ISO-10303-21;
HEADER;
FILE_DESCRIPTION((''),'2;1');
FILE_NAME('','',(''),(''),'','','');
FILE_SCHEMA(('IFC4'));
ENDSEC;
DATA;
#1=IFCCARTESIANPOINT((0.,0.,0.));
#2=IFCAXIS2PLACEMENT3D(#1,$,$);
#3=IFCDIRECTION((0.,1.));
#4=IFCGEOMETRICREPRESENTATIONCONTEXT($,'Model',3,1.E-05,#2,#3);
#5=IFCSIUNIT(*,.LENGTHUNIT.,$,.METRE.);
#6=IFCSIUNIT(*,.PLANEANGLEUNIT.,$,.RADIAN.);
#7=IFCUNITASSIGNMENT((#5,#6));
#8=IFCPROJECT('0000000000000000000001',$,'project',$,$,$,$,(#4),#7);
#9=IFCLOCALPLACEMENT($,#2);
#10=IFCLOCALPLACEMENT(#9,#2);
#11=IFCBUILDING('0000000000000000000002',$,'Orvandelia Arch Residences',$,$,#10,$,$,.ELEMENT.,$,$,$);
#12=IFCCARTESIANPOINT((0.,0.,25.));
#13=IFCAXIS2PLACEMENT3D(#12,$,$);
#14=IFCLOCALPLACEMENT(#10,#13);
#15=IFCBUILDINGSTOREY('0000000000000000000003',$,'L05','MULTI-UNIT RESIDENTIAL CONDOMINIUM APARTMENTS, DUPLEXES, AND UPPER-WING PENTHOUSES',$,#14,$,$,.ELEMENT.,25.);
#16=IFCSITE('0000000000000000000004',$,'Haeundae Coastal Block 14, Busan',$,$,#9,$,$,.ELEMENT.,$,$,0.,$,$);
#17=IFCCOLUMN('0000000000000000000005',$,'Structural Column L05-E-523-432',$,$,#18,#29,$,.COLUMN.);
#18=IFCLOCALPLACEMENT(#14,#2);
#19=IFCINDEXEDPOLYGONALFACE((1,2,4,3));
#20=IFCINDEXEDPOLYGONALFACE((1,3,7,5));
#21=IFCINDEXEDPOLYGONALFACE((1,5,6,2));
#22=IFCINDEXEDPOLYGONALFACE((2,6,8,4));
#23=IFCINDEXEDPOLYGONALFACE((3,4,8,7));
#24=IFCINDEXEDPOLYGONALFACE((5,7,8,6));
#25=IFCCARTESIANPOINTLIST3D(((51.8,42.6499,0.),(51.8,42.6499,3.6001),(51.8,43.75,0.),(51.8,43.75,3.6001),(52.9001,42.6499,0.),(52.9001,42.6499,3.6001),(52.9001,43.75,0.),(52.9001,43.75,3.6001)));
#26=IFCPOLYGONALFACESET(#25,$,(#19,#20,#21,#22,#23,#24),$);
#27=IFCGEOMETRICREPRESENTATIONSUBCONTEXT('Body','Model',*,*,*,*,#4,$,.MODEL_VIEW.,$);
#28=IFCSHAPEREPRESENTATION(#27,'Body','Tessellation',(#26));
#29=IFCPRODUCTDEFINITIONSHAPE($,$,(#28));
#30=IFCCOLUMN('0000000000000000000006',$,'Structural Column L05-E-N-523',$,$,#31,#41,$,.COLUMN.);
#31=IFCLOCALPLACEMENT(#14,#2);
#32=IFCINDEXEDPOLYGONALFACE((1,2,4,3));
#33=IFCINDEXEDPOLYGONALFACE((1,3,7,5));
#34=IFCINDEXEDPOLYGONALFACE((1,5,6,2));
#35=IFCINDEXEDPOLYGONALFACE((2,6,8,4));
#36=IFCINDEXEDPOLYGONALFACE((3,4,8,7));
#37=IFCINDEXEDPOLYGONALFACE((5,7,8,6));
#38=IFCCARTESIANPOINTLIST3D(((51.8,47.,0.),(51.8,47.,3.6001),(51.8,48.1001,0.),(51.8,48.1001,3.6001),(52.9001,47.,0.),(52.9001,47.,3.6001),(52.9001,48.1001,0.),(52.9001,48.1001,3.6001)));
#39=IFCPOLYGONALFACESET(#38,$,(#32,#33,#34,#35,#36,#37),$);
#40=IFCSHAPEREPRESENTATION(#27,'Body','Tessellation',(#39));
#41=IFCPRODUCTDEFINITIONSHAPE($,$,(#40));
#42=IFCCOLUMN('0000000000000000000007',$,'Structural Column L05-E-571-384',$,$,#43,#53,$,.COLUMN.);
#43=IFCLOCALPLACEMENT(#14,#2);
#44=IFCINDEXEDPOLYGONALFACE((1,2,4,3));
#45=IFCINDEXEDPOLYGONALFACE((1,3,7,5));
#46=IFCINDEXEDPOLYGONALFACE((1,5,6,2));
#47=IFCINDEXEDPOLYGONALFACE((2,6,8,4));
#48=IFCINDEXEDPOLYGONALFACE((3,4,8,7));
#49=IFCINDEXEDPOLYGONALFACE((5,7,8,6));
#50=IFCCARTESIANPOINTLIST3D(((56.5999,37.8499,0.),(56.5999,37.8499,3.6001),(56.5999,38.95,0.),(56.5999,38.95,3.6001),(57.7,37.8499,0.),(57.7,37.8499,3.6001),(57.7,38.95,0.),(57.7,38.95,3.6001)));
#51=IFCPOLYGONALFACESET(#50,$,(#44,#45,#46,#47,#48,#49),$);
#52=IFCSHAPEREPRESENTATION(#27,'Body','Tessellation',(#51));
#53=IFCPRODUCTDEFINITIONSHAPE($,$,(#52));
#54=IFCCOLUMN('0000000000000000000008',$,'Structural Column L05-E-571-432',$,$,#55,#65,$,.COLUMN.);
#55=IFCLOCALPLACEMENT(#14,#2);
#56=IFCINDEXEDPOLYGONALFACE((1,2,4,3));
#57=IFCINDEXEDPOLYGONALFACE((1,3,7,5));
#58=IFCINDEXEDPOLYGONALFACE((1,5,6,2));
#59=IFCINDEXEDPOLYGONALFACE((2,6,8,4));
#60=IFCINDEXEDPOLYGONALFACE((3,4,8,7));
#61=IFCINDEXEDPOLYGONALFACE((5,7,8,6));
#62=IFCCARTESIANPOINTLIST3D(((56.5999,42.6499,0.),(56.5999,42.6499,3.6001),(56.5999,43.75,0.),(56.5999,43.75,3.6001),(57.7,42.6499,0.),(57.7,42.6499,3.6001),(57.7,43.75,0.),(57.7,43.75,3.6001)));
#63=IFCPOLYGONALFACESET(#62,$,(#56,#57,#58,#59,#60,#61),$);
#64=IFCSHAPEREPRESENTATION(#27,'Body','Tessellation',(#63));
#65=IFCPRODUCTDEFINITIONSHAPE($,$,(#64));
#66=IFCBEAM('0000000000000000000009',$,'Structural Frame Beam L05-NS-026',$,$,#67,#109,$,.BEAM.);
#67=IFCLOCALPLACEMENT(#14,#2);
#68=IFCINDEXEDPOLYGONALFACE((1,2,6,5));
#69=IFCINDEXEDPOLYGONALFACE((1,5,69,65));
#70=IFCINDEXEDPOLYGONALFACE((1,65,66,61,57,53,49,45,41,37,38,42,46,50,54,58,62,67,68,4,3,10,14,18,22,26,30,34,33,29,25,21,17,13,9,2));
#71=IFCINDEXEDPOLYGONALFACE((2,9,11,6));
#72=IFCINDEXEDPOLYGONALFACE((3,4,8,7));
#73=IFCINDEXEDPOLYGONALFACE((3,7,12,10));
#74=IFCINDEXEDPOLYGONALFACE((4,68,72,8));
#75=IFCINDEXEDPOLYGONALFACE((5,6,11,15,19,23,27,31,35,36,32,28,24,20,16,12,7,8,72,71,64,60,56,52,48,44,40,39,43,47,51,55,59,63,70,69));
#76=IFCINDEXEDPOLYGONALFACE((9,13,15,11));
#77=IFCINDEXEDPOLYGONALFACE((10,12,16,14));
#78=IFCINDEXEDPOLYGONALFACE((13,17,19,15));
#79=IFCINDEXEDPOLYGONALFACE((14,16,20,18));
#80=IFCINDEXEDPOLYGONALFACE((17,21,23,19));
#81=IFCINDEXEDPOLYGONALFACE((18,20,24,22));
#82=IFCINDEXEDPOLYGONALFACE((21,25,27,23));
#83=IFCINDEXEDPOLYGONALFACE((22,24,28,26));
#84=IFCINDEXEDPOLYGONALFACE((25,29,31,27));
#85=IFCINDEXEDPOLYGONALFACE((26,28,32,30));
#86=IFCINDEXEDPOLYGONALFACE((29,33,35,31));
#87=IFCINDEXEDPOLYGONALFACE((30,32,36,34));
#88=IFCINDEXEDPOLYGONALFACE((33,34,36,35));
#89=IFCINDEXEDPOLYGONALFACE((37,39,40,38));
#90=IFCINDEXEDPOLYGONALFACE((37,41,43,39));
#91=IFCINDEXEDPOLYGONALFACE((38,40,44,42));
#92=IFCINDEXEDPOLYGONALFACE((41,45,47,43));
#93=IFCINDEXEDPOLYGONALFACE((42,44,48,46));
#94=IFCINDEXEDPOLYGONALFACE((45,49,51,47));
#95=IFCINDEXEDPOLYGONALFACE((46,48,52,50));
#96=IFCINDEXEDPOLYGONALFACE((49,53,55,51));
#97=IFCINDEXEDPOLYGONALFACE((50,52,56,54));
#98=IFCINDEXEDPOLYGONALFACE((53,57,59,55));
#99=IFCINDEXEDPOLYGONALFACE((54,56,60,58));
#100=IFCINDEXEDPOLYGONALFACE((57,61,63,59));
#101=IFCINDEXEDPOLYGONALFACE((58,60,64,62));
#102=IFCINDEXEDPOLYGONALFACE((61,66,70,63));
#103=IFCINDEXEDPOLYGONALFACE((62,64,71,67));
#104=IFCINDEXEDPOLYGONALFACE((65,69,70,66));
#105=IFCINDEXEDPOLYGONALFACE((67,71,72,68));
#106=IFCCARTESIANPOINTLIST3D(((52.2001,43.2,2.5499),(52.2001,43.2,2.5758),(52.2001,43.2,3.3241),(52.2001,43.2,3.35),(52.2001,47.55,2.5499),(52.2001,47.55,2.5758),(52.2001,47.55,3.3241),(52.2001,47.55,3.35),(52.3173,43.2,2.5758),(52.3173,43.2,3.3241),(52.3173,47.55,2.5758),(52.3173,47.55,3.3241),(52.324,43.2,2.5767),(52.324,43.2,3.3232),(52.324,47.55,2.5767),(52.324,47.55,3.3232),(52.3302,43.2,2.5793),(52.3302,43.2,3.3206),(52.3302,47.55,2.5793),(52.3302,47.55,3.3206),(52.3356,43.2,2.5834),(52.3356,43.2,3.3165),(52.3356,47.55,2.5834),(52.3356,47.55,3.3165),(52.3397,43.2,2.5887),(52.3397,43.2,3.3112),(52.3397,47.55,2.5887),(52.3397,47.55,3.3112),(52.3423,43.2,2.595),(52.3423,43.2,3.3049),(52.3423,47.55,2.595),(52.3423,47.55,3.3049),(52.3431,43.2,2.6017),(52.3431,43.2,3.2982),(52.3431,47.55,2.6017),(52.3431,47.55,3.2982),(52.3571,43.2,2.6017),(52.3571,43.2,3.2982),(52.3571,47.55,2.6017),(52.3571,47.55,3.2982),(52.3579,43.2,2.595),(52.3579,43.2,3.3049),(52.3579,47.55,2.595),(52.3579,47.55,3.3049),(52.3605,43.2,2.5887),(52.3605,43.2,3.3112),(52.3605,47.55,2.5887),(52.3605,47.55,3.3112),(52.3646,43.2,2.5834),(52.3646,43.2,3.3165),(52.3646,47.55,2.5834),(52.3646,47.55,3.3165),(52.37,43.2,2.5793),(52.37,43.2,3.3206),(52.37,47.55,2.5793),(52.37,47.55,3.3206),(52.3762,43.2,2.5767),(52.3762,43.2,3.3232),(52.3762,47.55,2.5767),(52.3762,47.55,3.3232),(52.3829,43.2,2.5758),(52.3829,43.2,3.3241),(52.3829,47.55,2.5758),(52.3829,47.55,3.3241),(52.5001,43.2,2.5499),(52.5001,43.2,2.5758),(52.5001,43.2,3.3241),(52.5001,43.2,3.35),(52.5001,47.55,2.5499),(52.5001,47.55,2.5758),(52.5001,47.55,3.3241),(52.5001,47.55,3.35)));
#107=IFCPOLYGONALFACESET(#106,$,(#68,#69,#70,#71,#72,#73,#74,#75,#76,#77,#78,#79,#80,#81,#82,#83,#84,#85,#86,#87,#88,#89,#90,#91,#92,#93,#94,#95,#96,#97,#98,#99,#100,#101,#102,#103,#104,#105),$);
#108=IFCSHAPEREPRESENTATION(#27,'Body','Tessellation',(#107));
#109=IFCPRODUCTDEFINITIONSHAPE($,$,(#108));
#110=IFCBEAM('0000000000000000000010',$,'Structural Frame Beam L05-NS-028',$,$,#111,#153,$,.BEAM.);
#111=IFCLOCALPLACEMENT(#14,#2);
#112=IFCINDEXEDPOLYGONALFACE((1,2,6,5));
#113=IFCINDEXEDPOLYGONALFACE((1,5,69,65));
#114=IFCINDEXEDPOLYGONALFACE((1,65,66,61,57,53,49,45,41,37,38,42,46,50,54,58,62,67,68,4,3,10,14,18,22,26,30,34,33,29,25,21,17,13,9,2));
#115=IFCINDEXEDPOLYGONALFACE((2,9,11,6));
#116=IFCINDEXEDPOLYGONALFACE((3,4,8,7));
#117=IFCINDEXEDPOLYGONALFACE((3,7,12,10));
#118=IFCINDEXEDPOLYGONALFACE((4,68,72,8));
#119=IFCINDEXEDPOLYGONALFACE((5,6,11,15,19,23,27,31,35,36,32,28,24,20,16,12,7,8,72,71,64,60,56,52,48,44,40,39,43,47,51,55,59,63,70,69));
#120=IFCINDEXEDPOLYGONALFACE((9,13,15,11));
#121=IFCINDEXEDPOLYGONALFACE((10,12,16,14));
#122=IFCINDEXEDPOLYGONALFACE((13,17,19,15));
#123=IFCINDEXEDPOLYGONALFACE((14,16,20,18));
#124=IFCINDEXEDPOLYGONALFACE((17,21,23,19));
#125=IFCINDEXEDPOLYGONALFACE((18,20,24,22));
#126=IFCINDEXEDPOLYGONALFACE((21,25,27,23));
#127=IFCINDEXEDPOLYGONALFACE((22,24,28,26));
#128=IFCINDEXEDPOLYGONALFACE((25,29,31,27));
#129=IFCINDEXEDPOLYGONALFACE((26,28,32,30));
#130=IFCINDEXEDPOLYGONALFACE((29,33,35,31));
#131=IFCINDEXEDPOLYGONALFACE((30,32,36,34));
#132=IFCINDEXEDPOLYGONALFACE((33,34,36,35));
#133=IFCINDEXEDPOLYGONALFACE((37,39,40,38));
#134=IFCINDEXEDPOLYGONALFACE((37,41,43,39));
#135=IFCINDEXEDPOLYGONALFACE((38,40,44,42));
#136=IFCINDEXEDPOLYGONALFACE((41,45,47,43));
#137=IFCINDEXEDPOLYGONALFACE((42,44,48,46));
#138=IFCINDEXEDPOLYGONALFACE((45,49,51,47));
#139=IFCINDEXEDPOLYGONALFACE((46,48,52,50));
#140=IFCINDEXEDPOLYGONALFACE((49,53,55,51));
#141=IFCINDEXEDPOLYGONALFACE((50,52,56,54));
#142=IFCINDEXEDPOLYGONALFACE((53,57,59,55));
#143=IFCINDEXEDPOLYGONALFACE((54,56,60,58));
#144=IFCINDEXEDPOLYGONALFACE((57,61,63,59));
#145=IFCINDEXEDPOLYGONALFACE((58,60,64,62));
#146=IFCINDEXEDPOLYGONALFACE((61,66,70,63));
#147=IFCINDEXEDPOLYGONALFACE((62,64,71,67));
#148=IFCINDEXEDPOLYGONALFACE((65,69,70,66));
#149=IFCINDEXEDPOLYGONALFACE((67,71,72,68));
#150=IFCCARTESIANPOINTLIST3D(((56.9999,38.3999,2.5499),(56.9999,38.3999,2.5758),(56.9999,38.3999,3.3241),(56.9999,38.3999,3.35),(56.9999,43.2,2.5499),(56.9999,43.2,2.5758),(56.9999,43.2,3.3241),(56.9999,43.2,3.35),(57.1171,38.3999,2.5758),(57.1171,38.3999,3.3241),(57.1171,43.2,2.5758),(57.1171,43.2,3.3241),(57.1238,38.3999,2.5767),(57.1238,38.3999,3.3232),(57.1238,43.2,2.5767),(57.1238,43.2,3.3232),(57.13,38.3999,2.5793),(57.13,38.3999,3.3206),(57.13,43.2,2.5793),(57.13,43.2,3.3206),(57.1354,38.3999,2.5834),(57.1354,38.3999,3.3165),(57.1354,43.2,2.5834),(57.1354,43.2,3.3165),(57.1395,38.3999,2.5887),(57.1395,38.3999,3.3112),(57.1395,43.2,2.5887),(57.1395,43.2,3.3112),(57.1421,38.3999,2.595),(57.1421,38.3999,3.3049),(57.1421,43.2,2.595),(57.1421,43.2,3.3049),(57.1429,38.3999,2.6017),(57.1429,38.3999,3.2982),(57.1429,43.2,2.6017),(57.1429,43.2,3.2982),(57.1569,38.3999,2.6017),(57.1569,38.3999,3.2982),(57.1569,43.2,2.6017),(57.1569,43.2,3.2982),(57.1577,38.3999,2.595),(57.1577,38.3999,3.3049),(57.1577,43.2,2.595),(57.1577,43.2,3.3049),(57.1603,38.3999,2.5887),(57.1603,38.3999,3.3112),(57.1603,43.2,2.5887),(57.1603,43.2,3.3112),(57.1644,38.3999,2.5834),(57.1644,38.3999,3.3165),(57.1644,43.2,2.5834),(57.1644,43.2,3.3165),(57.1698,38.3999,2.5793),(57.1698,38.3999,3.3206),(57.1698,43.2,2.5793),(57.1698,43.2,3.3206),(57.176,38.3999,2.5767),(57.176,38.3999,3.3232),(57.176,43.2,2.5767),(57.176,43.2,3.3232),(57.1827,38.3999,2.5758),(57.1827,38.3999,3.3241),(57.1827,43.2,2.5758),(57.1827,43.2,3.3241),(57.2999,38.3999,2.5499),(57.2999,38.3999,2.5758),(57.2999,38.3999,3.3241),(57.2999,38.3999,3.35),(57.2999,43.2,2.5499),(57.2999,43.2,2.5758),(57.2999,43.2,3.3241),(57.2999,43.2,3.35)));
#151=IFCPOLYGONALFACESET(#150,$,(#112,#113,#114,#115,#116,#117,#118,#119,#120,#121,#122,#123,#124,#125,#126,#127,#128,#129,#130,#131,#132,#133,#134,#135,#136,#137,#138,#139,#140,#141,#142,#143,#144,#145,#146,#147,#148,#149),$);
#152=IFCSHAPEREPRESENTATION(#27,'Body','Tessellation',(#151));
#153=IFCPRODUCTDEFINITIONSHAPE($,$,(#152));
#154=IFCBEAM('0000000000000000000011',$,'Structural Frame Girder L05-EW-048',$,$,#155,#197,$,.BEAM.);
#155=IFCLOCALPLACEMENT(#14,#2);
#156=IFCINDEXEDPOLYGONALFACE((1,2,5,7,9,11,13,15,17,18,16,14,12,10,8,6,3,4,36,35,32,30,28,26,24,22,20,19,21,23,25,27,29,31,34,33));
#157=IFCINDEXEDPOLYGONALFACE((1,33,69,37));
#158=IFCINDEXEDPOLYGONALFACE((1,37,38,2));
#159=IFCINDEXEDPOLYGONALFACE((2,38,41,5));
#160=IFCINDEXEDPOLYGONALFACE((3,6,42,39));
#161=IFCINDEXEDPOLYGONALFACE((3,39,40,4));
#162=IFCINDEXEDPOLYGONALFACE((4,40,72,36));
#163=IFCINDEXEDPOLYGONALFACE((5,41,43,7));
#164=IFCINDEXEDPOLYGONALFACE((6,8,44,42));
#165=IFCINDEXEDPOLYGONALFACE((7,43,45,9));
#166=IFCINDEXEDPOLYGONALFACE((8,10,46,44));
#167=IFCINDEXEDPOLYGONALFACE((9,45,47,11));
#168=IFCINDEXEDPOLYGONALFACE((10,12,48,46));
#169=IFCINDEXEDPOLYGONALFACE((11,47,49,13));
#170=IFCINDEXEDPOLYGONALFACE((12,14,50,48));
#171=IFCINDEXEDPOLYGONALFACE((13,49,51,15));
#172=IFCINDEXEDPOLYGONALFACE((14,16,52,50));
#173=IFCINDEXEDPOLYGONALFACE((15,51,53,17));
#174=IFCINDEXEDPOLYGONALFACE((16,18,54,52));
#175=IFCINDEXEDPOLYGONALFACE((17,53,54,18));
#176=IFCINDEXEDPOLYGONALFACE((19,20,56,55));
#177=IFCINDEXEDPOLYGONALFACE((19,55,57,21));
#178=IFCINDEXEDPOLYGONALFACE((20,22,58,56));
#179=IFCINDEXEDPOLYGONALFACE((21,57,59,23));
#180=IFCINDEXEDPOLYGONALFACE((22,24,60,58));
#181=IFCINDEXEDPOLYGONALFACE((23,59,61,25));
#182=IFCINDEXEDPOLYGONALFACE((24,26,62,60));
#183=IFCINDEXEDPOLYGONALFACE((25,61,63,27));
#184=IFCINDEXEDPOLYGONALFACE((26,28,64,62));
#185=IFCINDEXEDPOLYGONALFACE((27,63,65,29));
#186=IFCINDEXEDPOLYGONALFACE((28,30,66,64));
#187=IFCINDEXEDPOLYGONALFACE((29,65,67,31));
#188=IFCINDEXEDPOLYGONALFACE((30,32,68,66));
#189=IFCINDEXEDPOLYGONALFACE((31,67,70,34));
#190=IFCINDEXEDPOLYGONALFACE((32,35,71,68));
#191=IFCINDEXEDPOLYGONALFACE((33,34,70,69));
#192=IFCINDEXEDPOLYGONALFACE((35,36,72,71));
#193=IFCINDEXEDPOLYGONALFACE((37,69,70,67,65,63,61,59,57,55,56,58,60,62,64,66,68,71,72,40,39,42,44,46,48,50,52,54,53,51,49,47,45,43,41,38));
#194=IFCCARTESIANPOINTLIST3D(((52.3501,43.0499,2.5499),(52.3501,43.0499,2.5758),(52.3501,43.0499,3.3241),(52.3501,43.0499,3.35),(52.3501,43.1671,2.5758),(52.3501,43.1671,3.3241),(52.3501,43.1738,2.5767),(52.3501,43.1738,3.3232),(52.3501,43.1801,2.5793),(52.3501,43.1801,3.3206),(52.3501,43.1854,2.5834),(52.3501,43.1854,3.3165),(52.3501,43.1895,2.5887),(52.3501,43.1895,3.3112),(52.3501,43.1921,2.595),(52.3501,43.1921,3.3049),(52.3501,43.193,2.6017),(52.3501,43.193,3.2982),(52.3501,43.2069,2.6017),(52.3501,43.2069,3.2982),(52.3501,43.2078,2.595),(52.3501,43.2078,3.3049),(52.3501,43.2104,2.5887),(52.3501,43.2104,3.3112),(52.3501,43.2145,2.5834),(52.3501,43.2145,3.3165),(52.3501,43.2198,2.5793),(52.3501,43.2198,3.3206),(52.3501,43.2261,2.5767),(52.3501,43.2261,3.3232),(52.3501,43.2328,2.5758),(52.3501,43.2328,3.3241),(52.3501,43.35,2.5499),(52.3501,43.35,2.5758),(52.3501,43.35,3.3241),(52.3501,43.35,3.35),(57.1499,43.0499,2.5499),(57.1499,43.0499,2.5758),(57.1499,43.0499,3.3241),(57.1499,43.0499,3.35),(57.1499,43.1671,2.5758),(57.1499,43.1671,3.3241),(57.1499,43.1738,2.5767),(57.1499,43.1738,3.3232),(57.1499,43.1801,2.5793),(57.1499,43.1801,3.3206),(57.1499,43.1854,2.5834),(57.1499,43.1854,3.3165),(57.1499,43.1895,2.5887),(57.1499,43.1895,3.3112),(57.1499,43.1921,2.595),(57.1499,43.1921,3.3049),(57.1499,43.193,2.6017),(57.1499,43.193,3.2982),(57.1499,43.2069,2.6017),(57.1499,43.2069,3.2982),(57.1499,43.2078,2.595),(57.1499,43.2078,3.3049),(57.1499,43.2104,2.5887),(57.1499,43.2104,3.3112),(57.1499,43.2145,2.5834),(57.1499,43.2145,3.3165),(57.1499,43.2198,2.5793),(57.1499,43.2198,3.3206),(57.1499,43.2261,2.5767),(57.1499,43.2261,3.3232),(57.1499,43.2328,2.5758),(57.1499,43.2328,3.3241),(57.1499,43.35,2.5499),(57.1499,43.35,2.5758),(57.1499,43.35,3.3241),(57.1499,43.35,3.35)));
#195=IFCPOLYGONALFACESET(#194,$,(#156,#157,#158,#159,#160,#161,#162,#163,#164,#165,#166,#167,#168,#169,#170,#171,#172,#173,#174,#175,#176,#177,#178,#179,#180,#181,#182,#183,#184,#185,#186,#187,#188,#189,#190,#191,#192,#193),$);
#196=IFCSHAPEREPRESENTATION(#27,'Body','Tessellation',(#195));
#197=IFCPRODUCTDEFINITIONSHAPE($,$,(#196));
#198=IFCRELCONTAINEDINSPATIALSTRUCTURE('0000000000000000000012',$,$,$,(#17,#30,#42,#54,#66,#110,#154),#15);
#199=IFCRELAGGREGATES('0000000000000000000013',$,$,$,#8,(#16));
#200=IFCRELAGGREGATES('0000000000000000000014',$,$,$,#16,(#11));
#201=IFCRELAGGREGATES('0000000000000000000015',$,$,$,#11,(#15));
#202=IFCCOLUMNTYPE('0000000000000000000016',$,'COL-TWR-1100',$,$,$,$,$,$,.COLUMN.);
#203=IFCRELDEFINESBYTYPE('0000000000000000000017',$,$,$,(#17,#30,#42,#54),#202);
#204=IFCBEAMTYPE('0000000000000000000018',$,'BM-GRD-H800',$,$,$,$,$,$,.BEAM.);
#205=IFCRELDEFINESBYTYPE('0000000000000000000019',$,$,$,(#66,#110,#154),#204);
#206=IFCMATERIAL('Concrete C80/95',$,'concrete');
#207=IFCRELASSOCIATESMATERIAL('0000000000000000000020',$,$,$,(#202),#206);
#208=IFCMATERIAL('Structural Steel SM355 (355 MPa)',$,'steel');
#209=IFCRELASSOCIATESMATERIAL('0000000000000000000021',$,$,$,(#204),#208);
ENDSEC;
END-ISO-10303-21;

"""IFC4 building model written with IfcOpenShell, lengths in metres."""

from ifc_helpers import new_model, si_unit, direction, frame, origin, origin_2d, place, context, subcontext, project, spatial, rectangle, i_section, extrude, material, material_profile, profile_set, type_object, element, save


model = new_model("IFC4")

# Units and contexts
model_context = context("Model", 3, precision=1e-05, world=origin(), true_north=direction((0.0, 1.0)))
body_context = subcontext(model_context, "Body", "Model", "MODEL_VIEW")
ifc_project = project(units=[si_unit("LENGTHUNIT", "METRE"), si_unit("PLANEANGLEUNIT", "RADIAN")], contexts=[model_context])

# Site, building, storey
site_placement = place(None, origin())
site = spatial("IfcSite", under=ifc_project, at=site_placement, Name="Haeundae Coastal Block 14, Busan", CompositionType="ELEMENT", RefElevation=0.0)
building_placement = place(site_placement, origin())
building = spatial("IfcBuilding", under=site, at=building_placement, Name="Orvandelia Arch Residences", CompositionType="ELEMENT")
storey_placement = place(building_placement, frame((0.0, 0.0, 25.0)))
storey = spatial("IfcBuildingStorey", under=building, at=storey_placement, Name="L05", Description="MULTI-UNIT RESIDENTIAL CONDOMINIUM APARTMENTS, DUPLEXES, AND UPPER-WING PENTHOUSES", CompositionType="ELEMENT", Elevation=25.0)

# Columns
ifc_material_1 = material(Name="Concrete C80/95", Category="concrete")
ifc_material_profile_1 = material_profile(ifc_material_1, rectangle(XDim=1.1001, YDim=1.1001, at=origin_2d()), Name="Concrete C80/95", Category="concrete")
ifc_profile_set_1 = profile_set([ifc_material_profile_1], Name="Concrete C80/95")
column_type = type_object("IfcColumnType", Name="COL-TWR-1100", PredefinedType="COLUMN", material=ifc_profile_set_1)
for number, where, z_axis, x_axis, name in (
    (1, (52.3501, 43.2, 0.0), (0.0, 0.0, 1.0), (1.0, 0.0, 0.0), "Structural Column L05-E-523-432"),
    (2, (52.3501, 47.55, 0.0), (0.0, 0.0, 1.0), (1.0, 0.0, 0.0), "Structural Column L05-E-N-523"),
    (3, (57.1499, 38.3999, 0.0), (0.0, 0.0, 1.0), (1.0, 0.0, 0.0), "Structural Column L05-E-571-384"),
    (4, (57.1499, 43.2, 0.0), (0.0, 0.0, 1.0), (1.0, 0.0, 0.0), "Structural Column L05-E-571-432"),
):
    element("IfcColumn", number, at=place(storey_placement, frame(where, z_axis=z_axis, x_axis=x_axis)), inside=storey, type_object=column_type, Name=name, PredefinedType="COLUMN", context=body_context, shape_type="SweptSolid", body=[
        extrude(rectangle(XDim=1.1001, YDim=1.1001, at=origin_2d()), origin(), (0.0, 0.0, 1.0), 3.6001),
    ])

# Beams
ifc_material_2 = material(Name="Structural Steel SM355 (355 MPa)", Category="steel")
ifc_material_profile_2 = material_profile(ifc_material_2, i_section(OverallWidth=0.3, OverallDepth=0.8, WebThickness=0.0139, FlangeThickness=0.0259, FilletRadius=0.0259, at=origin_2d()), Name="Structural Steel SM355 (355 MPa)", Category="steel")
ifc_profile_set_2 = profile_set([ifc_material_profile_2], Name="Structural Steel SM355 (355 MPa)")
beam_type = type_object("IfcBeamType", Name="BM-GRD-H800", PredefinedType="BEAM", material=ifc_profile_set_2)
beam_1_placement = place(storey_placement, frame((52.3501, 43.2, 2.95), z_axis=(0.0, 1.0, 0.0), x_axis=(-1.0, 0.0, 0.0)))
element("IfcBeam", 5, at=beam_1_placement, inside=storey, type_object=beam_type, Name="Structural Frame Beam L05-NS-026", PredefinedType="BEAM", context=body_context, shape_type="SweptSolid", body=[
    extrude(i_section(OverallWidth=0.3, OverallDepth=0.8, WebThickness=0.0139, FlangeThickness=0.0259, FilletRadius=0.0259, at=origin_2d()), origin(), (0.0, 0.0, 1.0), 4.3501),
])
beam_2_placement = place(storey_placement, frame((57.1499, 38.3999, 2.95), z_axis=(0.0, 1.0, 0.0), x_axis=(-1.0, 0.0, 0.0)))
element("IfcBeam", 6, at=beam_2_placement, inside=storey, type_object=beam_type, Name="Structural Frame Beam L05-NS-028", PredefinedType="BEAM", context=body_context, shape_type="SweptSolid", body=[
    extrude(i_section(OverallWidth=0.3, OverallDepth=0.8, WebThickness=0.0139, FlangeThickness=0.0259, FilletRadius=0.0259, at=origin_2d()), origin(), (0.0, 0.0, 1.0), 4.8),
])
beam_3_placement = place(storey_placement, frame((52.3501, 43.2, 2.95), z_axis=(1.0, 0.0, 0.0), x_axis=(0.0, 1.0, 0.0)))
element("IfcBeam", 7, at=beam_3_placement, inside=storey, type_object=beam_type, Name="Structural Frame Girder L05-EW-048", PredefinedType="BEAM", context=body_context, shape_type="SweptSolid", body=[
    extrude(i_section(OverallWidth=0.3, OverallDepth=0.8, WebThickness=0.0139, FlangeThickness=0.0259, FilletRadius=0.0259, at=origin_2d()), origin(), (0.0, 0.0, 1.0), 4.7998),
])

save(model, "model.ifc")
